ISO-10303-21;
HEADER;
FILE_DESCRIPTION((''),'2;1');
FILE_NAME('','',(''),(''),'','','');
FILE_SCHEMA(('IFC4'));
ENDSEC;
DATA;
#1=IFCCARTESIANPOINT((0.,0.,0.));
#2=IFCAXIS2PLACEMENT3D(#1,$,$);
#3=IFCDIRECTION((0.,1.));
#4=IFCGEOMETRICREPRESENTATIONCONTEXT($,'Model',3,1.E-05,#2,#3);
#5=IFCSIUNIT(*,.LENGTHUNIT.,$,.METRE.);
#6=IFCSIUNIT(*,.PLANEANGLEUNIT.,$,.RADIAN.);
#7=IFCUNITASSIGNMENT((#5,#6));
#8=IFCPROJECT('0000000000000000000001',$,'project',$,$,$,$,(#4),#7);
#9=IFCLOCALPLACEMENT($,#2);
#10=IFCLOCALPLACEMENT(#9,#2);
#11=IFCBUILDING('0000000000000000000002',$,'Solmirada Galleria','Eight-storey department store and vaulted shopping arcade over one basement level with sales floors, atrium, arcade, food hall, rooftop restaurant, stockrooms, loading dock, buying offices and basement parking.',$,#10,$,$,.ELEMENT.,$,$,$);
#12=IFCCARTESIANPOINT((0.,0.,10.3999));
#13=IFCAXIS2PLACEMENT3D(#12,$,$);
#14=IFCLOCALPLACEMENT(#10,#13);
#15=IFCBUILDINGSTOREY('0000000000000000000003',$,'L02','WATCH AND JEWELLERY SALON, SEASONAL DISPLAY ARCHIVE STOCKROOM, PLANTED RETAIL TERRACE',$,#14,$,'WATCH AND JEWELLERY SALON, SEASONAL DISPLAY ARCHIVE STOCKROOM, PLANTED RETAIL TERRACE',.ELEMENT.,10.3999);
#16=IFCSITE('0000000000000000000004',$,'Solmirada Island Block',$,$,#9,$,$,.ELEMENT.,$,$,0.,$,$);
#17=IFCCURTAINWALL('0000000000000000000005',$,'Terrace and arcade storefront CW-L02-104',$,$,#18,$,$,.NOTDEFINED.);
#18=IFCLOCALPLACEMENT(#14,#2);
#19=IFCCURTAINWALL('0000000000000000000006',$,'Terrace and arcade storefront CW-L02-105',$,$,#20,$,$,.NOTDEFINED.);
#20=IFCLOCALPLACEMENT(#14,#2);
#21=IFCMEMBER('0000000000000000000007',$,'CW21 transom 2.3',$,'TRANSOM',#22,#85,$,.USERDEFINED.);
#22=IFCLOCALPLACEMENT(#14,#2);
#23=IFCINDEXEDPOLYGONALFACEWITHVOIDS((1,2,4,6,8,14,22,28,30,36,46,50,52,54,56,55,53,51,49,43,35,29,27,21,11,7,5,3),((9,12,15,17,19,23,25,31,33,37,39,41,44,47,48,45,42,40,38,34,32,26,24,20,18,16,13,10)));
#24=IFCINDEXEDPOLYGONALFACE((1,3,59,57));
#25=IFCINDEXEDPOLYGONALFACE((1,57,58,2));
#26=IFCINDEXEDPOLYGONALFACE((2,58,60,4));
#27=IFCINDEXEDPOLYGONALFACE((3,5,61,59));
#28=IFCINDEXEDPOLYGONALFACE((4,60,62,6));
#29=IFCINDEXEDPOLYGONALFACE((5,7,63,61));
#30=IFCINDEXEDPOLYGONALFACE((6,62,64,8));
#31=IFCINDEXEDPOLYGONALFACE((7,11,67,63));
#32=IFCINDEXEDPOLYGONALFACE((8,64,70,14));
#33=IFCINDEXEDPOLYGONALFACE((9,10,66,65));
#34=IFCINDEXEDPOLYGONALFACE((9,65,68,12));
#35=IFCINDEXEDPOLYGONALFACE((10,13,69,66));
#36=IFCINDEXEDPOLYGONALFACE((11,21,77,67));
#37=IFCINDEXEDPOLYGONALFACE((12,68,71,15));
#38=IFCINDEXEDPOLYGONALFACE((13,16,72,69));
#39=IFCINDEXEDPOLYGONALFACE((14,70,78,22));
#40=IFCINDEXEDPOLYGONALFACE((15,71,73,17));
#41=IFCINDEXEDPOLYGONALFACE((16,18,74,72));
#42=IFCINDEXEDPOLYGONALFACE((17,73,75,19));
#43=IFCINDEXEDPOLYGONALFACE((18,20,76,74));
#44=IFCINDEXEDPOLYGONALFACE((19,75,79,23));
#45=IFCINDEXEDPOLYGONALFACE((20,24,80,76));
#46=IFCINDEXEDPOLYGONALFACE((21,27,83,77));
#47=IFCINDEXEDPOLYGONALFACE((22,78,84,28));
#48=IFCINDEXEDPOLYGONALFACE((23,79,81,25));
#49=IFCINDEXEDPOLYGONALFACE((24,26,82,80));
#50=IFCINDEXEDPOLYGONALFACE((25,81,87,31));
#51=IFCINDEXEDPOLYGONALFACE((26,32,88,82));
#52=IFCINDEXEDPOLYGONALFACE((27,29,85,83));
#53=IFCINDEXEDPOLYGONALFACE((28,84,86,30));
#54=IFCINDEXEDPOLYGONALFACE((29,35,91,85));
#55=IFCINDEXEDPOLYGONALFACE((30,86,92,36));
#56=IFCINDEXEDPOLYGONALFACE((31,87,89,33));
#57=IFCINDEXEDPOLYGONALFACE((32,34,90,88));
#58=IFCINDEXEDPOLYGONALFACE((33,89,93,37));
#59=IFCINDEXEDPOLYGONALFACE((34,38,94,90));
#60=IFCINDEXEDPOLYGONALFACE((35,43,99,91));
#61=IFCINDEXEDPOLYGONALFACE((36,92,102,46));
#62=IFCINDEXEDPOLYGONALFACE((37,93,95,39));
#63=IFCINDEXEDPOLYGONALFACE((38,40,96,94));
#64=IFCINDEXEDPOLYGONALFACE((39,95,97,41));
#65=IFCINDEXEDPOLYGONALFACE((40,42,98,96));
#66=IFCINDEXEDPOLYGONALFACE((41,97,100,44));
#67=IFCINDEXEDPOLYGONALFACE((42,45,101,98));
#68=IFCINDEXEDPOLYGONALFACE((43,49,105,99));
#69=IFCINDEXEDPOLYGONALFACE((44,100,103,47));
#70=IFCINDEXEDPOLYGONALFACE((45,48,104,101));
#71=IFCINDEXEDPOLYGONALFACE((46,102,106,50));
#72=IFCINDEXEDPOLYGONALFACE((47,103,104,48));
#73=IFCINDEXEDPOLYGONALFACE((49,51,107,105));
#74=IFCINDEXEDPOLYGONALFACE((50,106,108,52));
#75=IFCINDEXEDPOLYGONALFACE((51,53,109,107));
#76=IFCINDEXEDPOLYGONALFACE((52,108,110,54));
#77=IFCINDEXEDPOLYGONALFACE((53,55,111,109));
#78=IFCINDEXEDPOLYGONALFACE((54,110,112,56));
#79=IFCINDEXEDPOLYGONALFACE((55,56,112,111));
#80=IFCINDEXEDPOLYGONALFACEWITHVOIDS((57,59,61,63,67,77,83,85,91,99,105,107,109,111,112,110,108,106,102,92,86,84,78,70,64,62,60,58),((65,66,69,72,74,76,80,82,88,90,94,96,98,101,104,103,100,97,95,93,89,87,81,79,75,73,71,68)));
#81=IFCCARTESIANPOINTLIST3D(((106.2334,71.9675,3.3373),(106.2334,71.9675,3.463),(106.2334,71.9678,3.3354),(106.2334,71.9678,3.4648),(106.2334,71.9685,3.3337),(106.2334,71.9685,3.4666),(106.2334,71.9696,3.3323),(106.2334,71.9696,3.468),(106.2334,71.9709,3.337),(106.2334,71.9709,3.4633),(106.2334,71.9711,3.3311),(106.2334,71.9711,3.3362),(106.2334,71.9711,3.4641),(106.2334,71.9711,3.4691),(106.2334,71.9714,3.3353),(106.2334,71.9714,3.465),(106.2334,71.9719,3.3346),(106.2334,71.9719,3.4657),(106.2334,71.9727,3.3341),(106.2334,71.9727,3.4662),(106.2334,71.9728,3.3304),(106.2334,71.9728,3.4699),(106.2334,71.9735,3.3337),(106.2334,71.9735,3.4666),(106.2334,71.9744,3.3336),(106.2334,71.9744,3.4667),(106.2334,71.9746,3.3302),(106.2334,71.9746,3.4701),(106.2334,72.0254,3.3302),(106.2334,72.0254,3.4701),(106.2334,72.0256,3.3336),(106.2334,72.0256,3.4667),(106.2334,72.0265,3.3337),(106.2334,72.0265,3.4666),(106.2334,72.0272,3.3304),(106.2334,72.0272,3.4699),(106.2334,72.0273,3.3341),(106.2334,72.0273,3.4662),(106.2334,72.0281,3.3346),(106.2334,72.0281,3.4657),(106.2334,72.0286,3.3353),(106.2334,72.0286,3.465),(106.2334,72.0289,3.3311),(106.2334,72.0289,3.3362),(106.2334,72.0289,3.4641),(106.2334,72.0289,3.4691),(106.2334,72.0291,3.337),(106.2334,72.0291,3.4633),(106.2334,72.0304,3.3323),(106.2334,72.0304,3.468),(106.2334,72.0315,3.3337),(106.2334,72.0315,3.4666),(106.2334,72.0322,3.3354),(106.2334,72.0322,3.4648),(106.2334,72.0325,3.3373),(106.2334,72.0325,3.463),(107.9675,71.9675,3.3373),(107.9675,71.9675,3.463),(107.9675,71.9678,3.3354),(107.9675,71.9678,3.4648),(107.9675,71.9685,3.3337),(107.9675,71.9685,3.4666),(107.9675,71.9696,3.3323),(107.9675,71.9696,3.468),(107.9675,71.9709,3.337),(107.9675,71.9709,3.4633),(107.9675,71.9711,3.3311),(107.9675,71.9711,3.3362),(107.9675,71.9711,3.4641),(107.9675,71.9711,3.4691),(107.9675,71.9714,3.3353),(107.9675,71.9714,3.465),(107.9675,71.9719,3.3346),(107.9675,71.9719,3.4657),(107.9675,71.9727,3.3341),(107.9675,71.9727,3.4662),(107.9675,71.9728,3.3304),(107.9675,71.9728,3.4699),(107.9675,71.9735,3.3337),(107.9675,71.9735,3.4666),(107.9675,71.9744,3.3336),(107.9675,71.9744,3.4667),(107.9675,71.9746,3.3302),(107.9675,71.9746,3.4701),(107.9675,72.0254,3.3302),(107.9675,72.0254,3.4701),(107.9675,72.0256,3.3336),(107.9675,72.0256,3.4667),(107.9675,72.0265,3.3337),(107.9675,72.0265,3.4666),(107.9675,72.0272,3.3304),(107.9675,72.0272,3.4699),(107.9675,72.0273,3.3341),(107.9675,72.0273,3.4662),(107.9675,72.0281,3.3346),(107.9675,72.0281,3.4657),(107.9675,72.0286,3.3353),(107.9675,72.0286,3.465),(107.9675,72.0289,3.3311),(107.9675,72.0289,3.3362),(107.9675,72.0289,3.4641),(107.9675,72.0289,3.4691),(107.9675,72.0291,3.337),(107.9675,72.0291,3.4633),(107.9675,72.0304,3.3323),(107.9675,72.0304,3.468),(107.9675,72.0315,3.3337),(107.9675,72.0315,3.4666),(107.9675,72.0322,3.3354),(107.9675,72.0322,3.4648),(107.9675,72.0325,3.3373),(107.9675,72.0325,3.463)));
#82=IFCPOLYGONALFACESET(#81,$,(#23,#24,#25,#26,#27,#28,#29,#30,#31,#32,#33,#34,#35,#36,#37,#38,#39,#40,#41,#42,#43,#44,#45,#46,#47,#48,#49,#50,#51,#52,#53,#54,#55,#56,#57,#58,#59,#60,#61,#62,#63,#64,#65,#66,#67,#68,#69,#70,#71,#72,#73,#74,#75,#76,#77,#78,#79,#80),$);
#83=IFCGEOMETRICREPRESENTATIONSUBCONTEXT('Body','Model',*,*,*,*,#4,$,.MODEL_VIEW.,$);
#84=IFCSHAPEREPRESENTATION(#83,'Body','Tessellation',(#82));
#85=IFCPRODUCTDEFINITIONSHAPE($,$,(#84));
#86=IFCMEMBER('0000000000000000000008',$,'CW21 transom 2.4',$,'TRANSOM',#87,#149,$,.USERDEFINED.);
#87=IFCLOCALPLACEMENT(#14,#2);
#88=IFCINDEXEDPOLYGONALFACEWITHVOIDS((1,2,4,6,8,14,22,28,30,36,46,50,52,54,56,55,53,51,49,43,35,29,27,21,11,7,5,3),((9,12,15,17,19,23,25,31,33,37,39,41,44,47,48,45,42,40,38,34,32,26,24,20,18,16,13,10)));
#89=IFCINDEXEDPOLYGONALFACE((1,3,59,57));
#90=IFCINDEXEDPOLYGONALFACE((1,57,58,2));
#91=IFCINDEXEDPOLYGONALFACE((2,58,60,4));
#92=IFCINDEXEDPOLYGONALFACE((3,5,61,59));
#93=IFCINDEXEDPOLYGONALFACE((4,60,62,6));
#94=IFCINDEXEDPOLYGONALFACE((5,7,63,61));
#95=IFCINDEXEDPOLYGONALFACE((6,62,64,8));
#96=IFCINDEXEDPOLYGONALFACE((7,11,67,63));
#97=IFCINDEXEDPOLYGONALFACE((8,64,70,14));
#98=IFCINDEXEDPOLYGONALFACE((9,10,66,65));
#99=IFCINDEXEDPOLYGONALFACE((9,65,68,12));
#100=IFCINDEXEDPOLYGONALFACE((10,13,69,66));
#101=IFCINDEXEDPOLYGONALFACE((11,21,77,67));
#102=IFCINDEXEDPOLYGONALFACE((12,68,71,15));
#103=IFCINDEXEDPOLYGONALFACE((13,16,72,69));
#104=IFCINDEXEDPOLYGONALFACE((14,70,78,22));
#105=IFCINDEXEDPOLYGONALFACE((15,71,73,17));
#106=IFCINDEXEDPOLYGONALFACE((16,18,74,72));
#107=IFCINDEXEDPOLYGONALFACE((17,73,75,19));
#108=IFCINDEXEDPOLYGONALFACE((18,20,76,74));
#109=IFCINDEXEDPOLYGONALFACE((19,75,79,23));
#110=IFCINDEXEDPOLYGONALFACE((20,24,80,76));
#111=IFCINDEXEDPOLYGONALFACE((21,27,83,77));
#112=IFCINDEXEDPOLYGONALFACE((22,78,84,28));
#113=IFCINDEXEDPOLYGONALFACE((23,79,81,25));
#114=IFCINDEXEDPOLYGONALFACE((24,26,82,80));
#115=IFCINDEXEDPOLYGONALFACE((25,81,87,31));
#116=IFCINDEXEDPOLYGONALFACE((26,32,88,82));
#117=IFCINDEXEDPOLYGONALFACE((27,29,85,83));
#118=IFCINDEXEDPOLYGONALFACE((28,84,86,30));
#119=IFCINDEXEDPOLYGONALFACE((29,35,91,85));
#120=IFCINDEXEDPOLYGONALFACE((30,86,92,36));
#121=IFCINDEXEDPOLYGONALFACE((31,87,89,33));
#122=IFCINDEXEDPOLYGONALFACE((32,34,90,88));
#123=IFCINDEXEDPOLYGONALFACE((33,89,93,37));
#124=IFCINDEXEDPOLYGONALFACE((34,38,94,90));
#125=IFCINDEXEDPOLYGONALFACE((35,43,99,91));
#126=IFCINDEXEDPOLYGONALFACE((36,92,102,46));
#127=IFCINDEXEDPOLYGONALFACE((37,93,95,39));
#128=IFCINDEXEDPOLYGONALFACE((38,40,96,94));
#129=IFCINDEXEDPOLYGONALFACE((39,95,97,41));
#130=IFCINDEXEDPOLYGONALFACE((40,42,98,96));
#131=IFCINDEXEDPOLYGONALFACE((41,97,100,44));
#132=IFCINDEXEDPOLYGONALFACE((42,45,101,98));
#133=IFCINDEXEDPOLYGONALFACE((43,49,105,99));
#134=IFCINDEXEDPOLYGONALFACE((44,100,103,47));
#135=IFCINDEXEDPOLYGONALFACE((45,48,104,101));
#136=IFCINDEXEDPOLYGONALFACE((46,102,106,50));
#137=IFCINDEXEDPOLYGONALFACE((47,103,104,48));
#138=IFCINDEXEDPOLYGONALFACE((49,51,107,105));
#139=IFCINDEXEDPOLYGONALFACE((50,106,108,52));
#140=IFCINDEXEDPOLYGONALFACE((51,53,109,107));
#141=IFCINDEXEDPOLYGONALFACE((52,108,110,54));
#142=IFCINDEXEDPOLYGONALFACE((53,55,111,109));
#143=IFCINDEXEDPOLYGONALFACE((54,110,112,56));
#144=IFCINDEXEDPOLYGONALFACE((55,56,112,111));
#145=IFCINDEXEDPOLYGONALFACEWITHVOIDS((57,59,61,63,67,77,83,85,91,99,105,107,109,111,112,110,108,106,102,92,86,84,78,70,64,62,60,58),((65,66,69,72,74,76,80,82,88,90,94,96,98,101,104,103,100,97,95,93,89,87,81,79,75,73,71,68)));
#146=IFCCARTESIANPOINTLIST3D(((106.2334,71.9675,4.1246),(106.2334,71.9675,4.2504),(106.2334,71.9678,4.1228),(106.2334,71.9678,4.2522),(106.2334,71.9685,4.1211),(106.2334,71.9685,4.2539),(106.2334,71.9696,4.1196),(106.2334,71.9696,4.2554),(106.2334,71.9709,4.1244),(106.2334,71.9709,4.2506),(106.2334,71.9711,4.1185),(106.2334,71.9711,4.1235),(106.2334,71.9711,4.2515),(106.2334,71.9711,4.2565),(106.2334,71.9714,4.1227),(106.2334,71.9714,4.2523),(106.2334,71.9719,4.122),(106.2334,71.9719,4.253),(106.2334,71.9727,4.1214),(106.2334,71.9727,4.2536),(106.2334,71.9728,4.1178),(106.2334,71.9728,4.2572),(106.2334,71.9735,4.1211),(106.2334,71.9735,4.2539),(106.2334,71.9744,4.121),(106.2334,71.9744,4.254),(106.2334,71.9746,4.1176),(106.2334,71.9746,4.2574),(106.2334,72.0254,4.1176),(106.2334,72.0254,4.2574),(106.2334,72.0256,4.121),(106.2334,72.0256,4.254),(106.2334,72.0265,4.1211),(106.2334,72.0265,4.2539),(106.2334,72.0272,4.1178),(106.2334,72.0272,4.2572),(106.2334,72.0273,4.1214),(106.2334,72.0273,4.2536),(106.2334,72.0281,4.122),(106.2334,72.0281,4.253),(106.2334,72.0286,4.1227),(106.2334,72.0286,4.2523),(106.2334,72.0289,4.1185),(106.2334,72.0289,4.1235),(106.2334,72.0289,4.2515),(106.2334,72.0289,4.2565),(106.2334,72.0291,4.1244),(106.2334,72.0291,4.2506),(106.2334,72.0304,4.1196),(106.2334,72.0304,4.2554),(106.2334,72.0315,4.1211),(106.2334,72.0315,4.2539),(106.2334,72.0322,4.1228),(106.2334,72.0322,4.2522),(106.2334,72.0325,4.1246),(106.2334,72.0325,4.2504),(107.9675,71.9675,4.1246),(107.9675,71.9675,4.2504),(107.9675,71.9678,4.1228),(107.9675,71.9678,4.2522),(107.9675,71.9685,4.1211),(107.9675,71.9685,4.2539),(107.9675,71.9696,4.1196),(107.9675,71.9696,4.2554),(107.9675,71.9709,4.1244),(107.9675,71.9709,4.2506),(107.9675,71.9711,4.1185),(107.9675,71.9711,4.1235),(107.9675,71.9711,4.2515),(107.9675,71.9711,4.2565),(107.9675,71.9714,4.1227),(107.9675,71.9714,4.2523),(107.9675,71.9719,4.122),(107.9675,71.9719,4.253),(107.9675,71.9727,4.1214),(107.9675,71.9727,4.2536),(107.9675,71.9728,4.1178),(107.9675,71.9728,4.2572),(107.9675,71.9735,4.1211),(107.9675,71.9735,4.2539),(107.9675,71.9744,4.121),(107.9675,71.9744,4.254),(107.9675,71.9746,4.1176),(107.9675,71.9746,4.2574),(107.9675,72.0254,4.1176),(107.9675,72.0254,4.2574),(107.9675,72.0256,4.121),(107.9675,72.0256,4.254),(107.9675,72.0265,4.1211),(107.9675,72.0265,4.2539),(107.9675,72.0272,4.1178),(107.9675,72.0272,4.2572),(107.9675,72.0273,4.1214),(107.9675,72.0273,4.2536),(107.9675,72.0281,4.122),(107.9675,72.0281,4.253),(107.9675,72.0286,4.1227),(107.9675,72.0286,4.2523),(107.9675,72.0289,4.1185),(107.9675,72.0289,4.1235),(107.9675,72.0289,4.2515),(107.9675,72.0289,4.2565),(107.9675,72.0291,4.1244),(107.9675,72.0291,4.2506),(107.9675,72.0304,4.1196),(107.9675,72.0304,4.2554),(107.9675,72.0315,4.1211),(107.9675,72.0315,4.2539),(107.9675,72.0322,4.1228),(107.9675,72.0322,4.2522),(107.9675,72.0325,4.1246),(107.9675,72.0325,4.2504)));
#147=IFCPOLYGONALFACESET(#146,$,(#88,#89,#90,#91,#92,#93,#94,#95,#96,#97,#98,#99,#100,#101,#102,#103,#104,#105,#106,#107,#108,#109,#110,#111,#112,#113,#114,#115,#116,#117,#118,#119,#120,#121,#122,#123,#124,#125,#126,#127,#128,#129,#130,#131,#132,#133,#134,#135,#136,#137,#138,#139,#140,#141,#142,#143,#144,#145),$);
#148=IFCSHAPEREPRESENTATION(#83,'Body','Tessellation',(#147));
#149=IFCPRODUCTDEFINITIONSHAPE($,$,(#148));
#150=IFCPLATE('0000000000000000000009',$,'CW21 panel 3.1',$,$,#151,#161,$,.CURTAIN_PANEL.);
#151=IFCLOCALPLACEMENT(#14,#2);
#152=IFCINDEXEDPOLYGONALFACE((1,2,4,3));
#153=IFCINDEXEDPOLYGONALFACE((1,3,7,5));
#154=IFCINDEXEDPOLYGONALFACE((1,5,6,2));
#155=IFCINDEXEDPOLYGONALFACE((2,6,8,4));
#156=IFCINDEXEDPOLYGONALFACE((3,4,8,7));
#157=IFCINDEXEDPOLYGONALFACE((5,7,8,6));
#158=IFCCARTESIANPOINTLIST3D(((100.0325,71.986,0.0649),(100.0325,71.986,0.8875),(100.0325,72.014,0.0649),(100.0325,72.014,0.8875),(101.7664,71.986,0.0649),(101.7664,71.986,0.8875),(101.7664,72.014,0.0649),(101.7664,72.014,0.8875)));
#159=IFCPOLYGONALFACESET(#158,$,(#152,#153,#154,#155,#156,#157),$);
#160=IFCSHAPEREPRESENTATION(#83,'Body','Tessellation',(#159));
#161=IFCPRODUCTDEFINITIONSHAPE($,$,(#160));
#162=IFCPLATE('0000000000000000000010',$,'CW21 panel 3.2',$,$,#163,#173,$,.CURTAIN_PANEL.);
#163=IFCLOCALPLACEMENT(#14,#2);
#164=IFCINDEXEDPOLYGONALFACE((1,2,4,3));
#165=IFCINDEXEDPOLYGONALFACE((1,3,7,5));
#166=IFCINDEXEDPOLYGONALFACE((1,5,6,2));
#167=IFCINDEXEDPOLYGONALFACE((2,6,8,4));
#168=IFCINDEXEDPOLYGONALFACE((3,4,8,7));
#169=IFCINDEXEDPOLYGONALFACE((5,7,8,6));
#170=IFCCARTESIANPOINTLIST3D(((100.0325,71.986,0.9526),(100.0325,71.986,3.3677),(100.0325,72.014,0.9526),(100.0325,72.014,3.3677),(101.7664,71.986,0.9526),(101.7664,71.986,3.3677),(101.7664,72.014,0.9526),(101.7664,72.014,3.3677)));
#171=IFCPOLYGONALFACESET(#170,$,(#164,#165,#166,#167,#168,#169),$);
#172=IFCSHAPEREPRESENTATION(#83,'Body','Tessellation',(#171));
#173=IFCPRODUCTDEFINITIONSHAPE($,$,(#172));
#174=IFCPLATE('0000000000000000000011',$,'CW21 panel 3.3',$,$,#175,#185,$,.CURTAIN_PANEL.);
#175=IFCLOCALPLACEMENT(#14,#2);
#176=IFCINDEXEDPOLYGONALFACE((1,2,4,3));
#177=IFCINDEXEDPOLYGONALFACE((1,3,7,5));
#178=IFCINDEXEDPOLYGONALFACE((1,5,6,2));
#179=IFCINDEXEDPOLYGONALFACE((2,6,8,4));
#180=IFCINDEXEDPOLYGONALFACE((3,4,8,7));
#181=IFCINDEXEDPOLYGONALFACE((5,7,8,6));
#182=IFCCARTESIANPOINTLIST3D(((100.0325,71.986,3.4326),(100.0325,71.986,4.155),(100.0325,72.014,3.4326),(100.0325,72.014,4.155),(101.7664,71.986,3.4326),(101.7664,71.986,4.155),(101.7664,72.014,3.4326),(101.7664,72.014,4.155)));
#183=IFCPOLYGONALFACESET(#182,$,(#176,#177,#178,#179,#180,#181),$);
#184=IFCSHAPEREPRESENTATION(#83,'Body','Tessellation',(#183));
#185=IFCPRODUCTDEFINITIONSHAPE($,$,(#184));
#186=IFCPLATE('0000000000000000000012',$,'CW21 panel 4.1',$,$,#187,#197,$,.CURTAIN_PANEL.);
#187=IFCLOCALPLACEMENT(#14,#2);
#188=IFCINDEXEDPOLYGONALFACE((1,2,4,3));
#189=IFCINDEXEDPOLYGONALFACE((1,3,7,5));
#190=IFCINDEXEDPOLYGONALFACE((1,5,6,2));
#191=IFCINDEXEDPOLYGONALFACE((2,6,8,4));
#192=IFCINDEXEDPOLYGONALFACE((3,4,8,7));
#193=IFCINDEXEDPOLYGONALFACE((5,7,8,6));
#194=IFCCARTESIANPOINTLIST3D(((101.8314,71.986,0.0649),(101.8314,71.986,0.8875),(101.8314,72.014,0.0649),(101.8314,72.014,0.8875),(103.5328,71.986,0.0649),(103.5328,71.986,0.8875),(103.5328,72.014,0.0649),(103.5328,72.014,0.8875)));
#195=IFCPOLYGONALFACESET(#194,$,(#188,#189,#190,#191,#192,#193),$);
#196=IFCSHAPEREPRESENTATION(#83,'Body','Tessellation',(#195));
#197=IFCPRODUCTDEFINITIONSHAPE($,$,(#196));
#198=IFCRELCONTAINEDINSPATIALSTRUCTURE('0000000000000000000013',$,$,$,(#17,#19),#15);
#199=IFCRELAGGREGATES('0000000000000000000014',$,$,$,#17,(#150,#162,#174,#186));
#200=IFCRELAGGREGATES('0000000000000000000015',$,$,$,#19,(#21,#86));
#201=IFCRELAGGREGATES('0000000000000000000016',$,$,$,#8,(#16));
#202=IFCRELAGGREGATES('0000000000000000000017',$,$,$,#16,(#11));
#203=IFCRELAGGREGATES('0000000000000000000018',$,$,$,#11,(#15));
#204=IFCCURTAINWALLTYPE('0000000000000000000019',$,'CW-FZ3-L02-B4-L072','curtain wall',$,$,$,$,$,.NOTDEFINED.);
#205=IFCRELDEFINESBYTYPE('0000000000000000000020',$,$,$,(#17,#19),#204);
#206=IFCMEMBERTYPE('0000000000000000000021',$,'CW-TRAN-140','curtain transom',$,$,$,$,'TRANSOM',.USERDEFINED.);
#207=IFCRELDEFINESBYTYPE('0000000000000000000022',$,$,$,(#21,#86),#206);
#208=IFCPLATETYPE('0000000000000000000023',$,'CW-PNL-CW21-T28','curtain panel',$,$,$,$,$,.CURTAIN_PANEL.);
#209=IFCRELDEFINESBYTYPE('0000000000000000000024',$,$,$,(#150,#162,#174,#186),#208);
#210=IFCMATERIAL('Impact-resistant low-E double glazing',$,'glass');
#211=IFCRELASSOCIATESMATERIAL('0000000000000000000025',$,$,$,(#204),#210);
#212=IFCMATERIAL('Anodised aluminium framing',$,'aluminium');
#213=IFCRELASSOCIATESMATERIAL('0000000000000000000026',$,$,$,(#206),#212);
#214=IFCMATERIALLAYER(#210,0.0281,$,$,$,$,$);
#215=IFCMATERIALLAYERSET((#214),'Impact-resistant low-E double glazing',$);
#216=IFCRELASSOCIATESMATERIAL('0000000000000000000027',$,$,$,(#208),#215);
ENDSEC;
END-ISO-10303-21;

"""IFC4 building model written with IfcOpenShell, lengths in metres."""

from ifc_helpers import new_model, si_unit, direction, frame, origin, origin_2d, place, context, subcontext, project, spatial, rectangle, hollow_rectangle, extrude, material, layer, layer_set, material_profile, profile_set, type_object, element, aggregate, save


model = new_model("IFC4")

# Units and contexts
model_context = context("Model", 3, precision=1e-05, world=origin(), true_north=direction((0.0, 1.0)))
body_context = subcontext(model_context, "Body", "Model", "MODEL_VIEW")
ifc_project = project(units=[si_unit("LENGTHUNIT", "METRE"), si_unit("PLANEANGLEUNIT", "RADIAN")], contexts=[model_context])

# Site, building, storey
site_placement = place(None, origin())
site = spatial("IfcSite", under=ifc_project, at=site_placement, Name="Solmirada Island Block", CompositionType="ELEMENT", RefElevation=0.0)
building_placement = place(site_placement, origin())
building = spatial("IfcBuilding", under=site, at=building_placement, Name="Solmirada Galleria", Description="Eight-storey department store and vaulted shopping arcade over one basement level with sales floors, atrium, arcade, food hall, rooftop restaurant, stockrooms, loading dock, buying offices and basement parking.", CompositionType="ELEMENT")
storey_placement = place(building_placement, frame((0.0, 0.0, 10.3999)))
storey = spatial("IfcBuildingStorey", under=building, at=storey_placement, Name="L02", Description="WATCH AND JEWELLERY SALON, SEASONAL DISPLAY ARCHIVE STOCKROOM, PLANTED RETAIL TERRACE", LongName="WATCH AND JEWELLERY SALON, SEASONAL DISPLAY ARCHIVE STOCKROOM, PLANTED RETAIL TERRACE", CompositionType="ELEMENT", Elevation=10.3999)

# Curtain walls
ifc_material_1 = material(Name="Impact-resistant low-E double glazing", Category="glass")
curtain_wall_type = type_object("IfcCurtainWallType", Name="CW-FZ3-L02-B4-L072", Description="curtain wall", PredefinedType="NOTDEFINED", material=ifc_material_1)
curtain_wall_1_placement = place(storey_placement, origin())
curtain_wall_1 = element("IfcCurtainWall", 1, at=curtain_wall_1_placement, inside=storey, type_object=curtain_wall_type, Name="Terrace and arcade storefront CW-L02-104", PredefinedType="NOTDEFINED")
ifc_material_2 = material(Name="Anodised aluminium framing", Category="aluminium")
curtain_wall_2_placement = place(storey_placement, origin())
curtain_wall_2 = element("IfcCurtainWall", 2, at=curtain_wall_2_placement, inside=storey, type_object=curtain_wall_type, Name="Terrace and arcade storefront CW-L02-105", PredefinedType="NOTDEFINED")

# Members
ifc_material_profile_1 = material_profile(ifc_material_2, hollow_rectangle(XDim=0.0649, YDim=0.1399, WallThickness=0.0034, InnerFilletRadius=0.0034, OuterFilletRadius=0.0071, at=origin_2d()), Name="ALU-TRAN-140X65")
ifc_profile_set_1 = profile_set([ifc_material_profile_1], Name="Anodised aluminium framing")
member_type_1 = type_object("IfcMemberType", Name="CW-TRAN-140", Description="curtain transom", ElementType="TRANSOM", PredefinedType="USERDEFINED", material=ifc_profile_set_1)
member_1_placement = place(storey_placement, frame((106.2334, 72.0, 3.4001), z_axis=(1.0, 0.0, 0.0), x_axis=(0.0, 1.0, 0.0)))
member_1 = element("IfcMember", 3, at=member_1_placement, type_object=member_type_1, Name="CW21 transom 2.3", ObjectType="TRANSOM", PredefinedType="USERDEFINED", context=body_context, shape_type="SweptSolid", body=[
    extrude(hollow_rectangle(XDim=0.0649, YDim=0.1399, WallThickness=0.0034, InnerFilletRadius=0.0034, OuterFilletRadius=0.0071, at=origin_2d()), origin(), (0.0, 0.0, 1.0), 1.7341),
])
member_2_placement = place(storey_placement, frame((106.2334, 72.0, 4.1875), z_axis=(1.0, 0.0, 0.0), x_axis=(0.0, 1.0, 0.0)))
member_2 = element("IfcMember", 4, at=member_2_placement, type_object=member_type_1, Name="CW21 transom 2.4", ObjectType="TRANSOM", PredefinedType="USERDEFINED", context=body_context, shape_type="SweptSolid", body=[
    extrude(hollow_rectangle(XDim=0.0649, YDim=0.1399, WallThickness=0.0034, InnerFilletRadius=0.0034, OuterFilletRadius=0.0071, at=origin_2d()), origin(), (0.0, 0.0, 1.0), 1.7341),
])

# Plates
ifc_layer_1 = layer(ifc_material_1, 0.0281)
ifc_layer_set_1 = layer_set([ifc_layer_1], Name="Impact-resistant low-E double glazing")
plate_type = type_object("IfcPlateType", Name="CW-PNL-CW21-T28", Description="curtain panel", PredefinedType="CURTAIN_PANEL", material=ifc_layer_set_1)
plate_1_placement = place(storey_placement, frame((100.8994, 72.0, 0.0649), z_axis=(0.0, 0.0, 1.0), x_axis=(1.0, 0.0, 0.0)))
plate_1 = element("IfcPlate", 5, at=plate_1_placement, type_object=plate_type, Name="CW21 panel 3.1", PredefinedType="CURTAIN_PANEL", context=body_context, shape_type="SweptSolid", body=[
    extrude(rectangle(XDim=1.7339, YDim=0.0281, at=origin_2d()), origin(), (0.0, 0.0, 1.0), 0.8225),
])
plate_2_placement = place(storey_placement, frame((100.8994, 72.0, 0.9526), z_axis=(0.0, 0.0, 1.0), x_axis=(1.0, 0.0, 0.0)))
plate_2 = element("IfcPlate", 6, at=plate_2_placement, type_object=plate_type, Name="CW21 panel 3.2", PredefinedType="CURTAIN_PANEL", context=body_context, shape_type="SweptSolid", body=[
    extrude(rectangle(XDim=1.7339, YDim=0.0281, at=origin_2d()), origin(), (0.0, 0.0, 1.0), 2.415),
])
plate_3_placement = place(storey_placement, frame((100.8994, 72.0, 3.4326), z_axis=(0.0, 0.0, 1.0), x_axis=(1.0, 0.0, 0.0)))
plate_3 = element("IfcPlate", 7, at=plate_3_placement, type_object=plate_type, Name="CW21 panel 3.3", PredefinedType="CURTAIN_PANEL", context=body_context, shape_type="SweptSolid", body=[
    extrude(rectangle(XDim=1.7339, YDim=0.0281, at=origin_2d()), origin(), (0.0, 0.0, 1.0), 0.7224),
])
plate_4_placement = place(storey_placement, frame((102.6821, 72.0, 0.0649), z_axis=(0.0, 0.0, 1.0), x_axis=(1.0, 0.0, 0.0)))
plate_4 = element("IfcPlate", 8, at=plate_4_placement, type_object=plate_type, Name="CW21 panel 4.1", PredefinedType="CURTAIN_PANEL", context=body_context, shape_type="SweptSolid", body=[
    extrude(rectangle(XDim=1.7014, YDim=0.0281, at=origin_2d()), origin(), (0.0, 0.0, 1.0), 0.8225),
])
aggregate(curtain_wall_1, [plate_1, plate_2, plate_3, plate_4])
aggregate(curtain_wall_2, [member_1, member_2])

save(model, "model.ifc")
